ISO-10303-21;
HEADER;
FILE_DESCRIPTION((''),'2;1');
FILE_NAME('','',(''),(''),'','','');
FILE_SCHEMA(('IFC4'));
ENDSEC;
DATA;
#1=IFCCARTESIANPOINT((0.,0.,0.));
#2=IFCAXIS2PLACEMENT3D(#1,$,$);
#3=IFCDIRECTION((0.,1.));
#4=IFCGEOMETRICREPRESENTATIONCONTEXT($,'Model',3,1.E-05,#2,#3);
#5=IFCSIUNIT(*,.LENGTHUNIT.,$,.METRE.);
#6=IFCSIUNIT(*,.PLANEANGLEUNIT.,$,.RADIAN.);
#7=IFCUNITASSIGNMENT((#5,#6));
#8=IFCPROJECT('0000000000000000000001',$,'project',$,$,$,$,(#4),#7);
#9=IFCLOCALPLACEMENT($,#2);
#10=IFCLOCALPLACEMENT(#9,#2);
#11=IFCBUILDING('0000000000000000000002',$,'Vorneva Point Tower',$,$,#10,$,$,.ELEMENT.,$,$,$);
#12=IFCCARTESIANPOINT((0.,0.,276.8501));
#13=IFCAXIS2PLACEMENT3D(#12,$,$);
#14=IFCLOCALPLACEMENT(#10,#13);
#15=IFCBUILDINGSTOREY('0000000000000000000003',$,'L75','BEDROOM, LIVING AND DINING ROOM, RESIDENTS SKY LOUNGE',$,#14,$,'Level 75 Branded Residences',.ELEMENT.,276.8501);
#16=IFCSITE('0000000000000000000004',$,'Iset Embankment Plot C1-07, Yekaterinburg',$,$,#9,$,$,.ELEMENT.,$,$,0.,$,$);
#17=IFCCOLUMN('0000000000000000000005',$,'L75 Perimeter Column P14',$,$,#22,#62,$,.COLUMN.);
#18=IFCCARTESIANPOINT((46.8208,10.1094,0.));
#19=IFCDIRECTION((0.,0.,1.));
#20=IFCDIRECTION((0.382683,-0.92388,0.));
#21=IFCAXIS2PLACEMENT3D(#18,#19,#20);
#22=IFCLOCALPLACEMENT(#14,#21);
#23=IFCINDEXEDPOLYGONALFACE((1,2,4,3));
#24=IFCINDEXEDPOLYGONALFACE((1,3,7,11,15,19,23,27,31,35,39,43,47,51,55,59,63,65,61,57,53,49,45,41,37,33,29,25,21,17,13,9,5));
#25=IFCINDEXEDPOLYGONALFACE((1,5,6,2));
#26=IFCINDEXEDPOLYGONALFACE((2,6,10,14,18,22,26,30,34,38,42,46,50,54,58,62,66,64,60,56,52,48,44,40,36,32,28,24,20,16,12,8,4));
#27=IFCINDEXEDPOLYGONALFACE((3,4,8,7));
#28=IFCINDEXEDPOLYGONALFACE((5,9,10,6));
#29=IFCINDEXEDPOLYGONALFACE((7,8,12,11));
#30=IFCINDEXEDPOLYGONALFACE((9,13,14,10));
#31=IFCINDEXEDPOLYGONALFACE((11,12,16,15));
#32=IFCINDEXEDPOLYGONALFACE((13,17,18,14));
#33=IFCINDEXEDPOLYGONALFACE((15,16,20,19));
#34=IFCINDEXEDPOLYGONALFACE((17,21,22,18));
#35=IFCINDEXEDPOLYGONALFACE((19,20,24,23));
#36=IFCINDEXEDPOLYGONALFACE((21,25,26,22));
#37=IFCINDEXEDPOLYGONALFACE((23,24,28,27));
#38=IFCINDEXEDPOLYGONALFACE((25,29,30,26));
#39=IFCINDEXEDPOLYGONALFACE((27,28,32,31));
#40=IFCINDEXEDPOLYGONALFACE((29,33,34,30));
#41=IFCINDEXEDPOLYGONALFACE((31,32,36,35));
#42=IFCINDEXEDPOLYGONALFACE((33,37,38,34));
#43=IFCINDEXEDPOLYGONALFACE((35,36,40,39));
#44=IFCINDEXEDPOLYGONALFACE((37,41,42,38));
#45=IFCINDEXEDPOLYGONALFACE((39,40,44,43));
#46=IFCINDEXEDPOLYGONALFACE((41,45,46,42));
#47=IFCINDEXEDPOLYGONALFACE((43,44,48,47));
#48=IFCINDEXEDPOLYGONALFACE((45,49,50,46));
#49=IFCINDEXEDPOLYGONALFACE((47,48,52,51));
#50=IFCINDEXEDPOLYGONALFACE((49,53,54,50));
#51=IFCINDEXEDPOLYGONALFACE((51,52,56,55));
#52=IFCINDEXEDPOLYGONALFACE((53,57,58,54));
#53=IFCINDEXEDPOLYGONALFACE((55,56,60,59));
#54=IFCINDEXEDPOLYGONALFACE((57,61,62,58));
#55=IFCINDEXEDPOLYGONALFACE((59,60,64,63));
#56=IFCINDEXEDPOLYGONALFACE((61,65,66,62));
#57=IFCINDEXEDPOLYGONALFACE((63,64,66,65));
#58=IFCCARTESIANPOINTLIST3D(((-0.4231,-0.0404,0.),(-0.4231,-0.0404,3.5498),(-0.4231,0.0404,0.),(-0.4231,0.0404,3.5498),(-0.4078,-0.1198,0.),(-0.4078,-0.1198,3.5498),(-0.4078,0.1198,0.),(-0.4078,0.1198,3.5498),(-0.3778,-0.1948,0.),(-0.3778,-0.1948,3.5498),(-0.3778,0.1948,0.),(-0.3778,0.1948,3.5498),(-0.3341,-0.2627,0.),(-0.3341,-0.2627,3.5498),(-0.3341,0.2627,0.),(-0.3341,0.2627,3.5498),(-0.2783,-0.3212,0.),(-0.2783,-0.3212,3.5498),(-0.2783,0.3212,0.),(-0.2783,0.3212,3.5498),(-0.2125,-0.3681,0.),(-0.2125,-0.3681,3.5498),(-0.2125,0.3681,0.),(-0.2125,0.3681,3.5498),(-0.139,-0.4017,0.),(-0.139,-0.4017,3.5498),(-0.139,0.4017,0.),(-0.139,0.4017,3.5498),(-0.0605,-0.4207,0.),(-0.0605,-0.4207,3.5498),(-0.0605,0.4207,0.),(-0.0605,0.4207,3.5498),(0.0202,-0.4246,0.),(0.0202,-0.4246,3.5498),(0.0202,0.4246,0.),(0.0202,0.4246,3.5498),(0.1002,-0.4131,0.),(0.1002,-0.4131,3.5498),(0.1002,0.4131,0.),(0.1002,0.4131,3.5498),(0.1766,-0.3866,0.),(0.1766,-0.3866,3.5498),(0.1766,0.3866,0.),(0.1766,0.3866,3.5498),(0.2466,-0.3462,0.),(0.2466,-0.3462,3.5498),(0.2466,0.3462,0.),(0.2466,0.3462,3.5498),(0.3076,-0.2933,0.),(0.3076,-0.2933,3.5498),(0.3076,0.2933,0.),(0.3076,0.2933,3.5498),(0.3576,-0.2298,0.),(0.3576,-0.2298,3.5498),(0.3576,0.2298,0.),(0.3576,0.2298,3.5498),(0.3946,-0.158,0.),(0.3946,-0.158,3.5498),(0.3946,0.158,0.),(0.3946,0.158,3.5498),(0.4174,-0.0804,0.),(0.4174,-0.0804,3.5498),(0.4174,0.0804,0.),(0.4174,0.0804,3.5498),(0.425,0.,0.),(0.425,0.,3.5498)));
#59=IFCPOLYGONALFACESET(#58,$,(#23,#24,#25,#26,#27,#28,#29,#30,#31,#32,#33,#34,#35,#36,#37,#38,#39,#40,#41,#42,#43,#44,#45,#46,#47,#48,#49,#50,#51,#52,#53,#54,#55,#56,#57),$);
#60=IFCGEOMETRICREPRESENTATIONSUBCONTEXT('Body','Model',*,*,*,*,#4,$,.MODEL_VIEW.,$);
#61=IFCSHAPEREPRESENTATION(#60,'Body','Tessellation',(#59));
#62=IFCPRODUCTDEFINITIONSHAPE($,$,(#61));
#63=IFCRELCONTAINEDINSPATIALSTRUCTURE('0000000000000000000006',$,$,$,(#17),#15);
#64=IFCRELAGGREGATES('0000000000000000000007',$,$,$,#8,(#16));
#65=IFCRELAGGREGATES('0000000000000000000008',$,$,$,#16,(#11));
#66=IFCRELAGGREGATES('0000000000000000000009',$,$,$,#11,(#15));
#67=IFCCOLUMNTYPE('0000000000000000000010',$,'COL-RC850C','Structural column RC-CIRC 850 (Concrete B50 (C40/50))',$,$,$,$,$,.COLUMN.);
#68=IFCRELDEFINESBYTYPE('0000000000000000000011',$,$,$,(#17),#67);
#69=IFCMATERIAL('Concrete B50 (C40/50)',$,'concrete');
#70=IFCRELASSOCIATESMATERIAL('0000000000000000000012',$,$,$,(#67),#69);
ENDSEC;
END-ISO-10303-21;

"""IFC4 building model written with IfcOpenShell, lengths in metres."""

from ifc_helpers import new_model, si_unit, direction, frame, origin, origin_2d, place, context, subcontext, project, spatial, circle, extrude, material, material_profile, profile_set, type_object, element, save


model = new_model("IFC4")

# Units and contexts
model_context = context("Model", 3, precision=1e-05, world=origin(), true_north=direction((0.0, 1.0)))
body_context = subcontext(model_context, "Body", "Model", "MODEL_VIEW")
ifc_project = project(units=[si_unit("LENGTHUNIT", "METRE"), si_unit("PLANEANGLEUNIT", "RADIAN")], contexts=[model_context])

# Site, building, storey
site_placement = place(None, origin())
site = spatial("IfcSite", under=ifc_project, at=site_placement, Name="Iset Embankment Plot C1-07, Yekaterinburg", CompositionType="ELEMENT", RefElevation=0.0)
building_placement = place(site_placement, origin())
building = spatial("IfcBuilding", under=site, at=building_placement, Name="Vorneva Point Tower", CompositionType="ELEMENT")
storey_placement = place(building_placement, frame((0.0, 0.0, 276.8501)))
storey = spatial("IfcBuildingStorey", under=building, at=storey_placement, Name="L75", Description="BEDROOM, LIVING AND DINING ROOM, RESIDENTS SKY LOUNGE", LongName="Level 75 Branded Residences", CompositionType="ELEMENT", Elevation=276.8501)

# Column
ifc_material_1 = material(Name="Concrete B50 (C40/50)", Category="concrete")
ifc_material_profile_1 = material_profile(ifc_material_1, circle(Radius=0.425, at=origin_2d()), Name="RC-CIRC 850")
ifc_profile_set_1 = profile_set([ifc_material_profile_1], Name="Concrete B50 (C40/50)")
column_type = type_object("IfcColumnType", Name="COL-RC850C", Description="Structural column RC-CIRC 850 (Concrete B50 (C40/50))", PredefinedType="COLUMN", material=ifc_profile_set_1)
for number, where, z_axis, x_axis, name in (
    (1, (46.8208, 10.1094, 0.0), (0.0, 0.0, 1.0), (0.382683, -0.92388, 0.0), "L75 Perimeter Column P14"),
):
    element("IfcColumn", number, at=place(storey_placement, frame(where, z_axis=z_axis, x_axis=x_axis)), inside=storey, type_object=column_type, Name=name, PredefinedType="COLUMN", context=body_context, shape_type="SweptSolid", body=[
        extrude(circle(Radius=0.425, at=origin_2d()), origin(), (0.0, 0.0, 1.0), 3.5498),
    ])

save(model, "model.ifc")
